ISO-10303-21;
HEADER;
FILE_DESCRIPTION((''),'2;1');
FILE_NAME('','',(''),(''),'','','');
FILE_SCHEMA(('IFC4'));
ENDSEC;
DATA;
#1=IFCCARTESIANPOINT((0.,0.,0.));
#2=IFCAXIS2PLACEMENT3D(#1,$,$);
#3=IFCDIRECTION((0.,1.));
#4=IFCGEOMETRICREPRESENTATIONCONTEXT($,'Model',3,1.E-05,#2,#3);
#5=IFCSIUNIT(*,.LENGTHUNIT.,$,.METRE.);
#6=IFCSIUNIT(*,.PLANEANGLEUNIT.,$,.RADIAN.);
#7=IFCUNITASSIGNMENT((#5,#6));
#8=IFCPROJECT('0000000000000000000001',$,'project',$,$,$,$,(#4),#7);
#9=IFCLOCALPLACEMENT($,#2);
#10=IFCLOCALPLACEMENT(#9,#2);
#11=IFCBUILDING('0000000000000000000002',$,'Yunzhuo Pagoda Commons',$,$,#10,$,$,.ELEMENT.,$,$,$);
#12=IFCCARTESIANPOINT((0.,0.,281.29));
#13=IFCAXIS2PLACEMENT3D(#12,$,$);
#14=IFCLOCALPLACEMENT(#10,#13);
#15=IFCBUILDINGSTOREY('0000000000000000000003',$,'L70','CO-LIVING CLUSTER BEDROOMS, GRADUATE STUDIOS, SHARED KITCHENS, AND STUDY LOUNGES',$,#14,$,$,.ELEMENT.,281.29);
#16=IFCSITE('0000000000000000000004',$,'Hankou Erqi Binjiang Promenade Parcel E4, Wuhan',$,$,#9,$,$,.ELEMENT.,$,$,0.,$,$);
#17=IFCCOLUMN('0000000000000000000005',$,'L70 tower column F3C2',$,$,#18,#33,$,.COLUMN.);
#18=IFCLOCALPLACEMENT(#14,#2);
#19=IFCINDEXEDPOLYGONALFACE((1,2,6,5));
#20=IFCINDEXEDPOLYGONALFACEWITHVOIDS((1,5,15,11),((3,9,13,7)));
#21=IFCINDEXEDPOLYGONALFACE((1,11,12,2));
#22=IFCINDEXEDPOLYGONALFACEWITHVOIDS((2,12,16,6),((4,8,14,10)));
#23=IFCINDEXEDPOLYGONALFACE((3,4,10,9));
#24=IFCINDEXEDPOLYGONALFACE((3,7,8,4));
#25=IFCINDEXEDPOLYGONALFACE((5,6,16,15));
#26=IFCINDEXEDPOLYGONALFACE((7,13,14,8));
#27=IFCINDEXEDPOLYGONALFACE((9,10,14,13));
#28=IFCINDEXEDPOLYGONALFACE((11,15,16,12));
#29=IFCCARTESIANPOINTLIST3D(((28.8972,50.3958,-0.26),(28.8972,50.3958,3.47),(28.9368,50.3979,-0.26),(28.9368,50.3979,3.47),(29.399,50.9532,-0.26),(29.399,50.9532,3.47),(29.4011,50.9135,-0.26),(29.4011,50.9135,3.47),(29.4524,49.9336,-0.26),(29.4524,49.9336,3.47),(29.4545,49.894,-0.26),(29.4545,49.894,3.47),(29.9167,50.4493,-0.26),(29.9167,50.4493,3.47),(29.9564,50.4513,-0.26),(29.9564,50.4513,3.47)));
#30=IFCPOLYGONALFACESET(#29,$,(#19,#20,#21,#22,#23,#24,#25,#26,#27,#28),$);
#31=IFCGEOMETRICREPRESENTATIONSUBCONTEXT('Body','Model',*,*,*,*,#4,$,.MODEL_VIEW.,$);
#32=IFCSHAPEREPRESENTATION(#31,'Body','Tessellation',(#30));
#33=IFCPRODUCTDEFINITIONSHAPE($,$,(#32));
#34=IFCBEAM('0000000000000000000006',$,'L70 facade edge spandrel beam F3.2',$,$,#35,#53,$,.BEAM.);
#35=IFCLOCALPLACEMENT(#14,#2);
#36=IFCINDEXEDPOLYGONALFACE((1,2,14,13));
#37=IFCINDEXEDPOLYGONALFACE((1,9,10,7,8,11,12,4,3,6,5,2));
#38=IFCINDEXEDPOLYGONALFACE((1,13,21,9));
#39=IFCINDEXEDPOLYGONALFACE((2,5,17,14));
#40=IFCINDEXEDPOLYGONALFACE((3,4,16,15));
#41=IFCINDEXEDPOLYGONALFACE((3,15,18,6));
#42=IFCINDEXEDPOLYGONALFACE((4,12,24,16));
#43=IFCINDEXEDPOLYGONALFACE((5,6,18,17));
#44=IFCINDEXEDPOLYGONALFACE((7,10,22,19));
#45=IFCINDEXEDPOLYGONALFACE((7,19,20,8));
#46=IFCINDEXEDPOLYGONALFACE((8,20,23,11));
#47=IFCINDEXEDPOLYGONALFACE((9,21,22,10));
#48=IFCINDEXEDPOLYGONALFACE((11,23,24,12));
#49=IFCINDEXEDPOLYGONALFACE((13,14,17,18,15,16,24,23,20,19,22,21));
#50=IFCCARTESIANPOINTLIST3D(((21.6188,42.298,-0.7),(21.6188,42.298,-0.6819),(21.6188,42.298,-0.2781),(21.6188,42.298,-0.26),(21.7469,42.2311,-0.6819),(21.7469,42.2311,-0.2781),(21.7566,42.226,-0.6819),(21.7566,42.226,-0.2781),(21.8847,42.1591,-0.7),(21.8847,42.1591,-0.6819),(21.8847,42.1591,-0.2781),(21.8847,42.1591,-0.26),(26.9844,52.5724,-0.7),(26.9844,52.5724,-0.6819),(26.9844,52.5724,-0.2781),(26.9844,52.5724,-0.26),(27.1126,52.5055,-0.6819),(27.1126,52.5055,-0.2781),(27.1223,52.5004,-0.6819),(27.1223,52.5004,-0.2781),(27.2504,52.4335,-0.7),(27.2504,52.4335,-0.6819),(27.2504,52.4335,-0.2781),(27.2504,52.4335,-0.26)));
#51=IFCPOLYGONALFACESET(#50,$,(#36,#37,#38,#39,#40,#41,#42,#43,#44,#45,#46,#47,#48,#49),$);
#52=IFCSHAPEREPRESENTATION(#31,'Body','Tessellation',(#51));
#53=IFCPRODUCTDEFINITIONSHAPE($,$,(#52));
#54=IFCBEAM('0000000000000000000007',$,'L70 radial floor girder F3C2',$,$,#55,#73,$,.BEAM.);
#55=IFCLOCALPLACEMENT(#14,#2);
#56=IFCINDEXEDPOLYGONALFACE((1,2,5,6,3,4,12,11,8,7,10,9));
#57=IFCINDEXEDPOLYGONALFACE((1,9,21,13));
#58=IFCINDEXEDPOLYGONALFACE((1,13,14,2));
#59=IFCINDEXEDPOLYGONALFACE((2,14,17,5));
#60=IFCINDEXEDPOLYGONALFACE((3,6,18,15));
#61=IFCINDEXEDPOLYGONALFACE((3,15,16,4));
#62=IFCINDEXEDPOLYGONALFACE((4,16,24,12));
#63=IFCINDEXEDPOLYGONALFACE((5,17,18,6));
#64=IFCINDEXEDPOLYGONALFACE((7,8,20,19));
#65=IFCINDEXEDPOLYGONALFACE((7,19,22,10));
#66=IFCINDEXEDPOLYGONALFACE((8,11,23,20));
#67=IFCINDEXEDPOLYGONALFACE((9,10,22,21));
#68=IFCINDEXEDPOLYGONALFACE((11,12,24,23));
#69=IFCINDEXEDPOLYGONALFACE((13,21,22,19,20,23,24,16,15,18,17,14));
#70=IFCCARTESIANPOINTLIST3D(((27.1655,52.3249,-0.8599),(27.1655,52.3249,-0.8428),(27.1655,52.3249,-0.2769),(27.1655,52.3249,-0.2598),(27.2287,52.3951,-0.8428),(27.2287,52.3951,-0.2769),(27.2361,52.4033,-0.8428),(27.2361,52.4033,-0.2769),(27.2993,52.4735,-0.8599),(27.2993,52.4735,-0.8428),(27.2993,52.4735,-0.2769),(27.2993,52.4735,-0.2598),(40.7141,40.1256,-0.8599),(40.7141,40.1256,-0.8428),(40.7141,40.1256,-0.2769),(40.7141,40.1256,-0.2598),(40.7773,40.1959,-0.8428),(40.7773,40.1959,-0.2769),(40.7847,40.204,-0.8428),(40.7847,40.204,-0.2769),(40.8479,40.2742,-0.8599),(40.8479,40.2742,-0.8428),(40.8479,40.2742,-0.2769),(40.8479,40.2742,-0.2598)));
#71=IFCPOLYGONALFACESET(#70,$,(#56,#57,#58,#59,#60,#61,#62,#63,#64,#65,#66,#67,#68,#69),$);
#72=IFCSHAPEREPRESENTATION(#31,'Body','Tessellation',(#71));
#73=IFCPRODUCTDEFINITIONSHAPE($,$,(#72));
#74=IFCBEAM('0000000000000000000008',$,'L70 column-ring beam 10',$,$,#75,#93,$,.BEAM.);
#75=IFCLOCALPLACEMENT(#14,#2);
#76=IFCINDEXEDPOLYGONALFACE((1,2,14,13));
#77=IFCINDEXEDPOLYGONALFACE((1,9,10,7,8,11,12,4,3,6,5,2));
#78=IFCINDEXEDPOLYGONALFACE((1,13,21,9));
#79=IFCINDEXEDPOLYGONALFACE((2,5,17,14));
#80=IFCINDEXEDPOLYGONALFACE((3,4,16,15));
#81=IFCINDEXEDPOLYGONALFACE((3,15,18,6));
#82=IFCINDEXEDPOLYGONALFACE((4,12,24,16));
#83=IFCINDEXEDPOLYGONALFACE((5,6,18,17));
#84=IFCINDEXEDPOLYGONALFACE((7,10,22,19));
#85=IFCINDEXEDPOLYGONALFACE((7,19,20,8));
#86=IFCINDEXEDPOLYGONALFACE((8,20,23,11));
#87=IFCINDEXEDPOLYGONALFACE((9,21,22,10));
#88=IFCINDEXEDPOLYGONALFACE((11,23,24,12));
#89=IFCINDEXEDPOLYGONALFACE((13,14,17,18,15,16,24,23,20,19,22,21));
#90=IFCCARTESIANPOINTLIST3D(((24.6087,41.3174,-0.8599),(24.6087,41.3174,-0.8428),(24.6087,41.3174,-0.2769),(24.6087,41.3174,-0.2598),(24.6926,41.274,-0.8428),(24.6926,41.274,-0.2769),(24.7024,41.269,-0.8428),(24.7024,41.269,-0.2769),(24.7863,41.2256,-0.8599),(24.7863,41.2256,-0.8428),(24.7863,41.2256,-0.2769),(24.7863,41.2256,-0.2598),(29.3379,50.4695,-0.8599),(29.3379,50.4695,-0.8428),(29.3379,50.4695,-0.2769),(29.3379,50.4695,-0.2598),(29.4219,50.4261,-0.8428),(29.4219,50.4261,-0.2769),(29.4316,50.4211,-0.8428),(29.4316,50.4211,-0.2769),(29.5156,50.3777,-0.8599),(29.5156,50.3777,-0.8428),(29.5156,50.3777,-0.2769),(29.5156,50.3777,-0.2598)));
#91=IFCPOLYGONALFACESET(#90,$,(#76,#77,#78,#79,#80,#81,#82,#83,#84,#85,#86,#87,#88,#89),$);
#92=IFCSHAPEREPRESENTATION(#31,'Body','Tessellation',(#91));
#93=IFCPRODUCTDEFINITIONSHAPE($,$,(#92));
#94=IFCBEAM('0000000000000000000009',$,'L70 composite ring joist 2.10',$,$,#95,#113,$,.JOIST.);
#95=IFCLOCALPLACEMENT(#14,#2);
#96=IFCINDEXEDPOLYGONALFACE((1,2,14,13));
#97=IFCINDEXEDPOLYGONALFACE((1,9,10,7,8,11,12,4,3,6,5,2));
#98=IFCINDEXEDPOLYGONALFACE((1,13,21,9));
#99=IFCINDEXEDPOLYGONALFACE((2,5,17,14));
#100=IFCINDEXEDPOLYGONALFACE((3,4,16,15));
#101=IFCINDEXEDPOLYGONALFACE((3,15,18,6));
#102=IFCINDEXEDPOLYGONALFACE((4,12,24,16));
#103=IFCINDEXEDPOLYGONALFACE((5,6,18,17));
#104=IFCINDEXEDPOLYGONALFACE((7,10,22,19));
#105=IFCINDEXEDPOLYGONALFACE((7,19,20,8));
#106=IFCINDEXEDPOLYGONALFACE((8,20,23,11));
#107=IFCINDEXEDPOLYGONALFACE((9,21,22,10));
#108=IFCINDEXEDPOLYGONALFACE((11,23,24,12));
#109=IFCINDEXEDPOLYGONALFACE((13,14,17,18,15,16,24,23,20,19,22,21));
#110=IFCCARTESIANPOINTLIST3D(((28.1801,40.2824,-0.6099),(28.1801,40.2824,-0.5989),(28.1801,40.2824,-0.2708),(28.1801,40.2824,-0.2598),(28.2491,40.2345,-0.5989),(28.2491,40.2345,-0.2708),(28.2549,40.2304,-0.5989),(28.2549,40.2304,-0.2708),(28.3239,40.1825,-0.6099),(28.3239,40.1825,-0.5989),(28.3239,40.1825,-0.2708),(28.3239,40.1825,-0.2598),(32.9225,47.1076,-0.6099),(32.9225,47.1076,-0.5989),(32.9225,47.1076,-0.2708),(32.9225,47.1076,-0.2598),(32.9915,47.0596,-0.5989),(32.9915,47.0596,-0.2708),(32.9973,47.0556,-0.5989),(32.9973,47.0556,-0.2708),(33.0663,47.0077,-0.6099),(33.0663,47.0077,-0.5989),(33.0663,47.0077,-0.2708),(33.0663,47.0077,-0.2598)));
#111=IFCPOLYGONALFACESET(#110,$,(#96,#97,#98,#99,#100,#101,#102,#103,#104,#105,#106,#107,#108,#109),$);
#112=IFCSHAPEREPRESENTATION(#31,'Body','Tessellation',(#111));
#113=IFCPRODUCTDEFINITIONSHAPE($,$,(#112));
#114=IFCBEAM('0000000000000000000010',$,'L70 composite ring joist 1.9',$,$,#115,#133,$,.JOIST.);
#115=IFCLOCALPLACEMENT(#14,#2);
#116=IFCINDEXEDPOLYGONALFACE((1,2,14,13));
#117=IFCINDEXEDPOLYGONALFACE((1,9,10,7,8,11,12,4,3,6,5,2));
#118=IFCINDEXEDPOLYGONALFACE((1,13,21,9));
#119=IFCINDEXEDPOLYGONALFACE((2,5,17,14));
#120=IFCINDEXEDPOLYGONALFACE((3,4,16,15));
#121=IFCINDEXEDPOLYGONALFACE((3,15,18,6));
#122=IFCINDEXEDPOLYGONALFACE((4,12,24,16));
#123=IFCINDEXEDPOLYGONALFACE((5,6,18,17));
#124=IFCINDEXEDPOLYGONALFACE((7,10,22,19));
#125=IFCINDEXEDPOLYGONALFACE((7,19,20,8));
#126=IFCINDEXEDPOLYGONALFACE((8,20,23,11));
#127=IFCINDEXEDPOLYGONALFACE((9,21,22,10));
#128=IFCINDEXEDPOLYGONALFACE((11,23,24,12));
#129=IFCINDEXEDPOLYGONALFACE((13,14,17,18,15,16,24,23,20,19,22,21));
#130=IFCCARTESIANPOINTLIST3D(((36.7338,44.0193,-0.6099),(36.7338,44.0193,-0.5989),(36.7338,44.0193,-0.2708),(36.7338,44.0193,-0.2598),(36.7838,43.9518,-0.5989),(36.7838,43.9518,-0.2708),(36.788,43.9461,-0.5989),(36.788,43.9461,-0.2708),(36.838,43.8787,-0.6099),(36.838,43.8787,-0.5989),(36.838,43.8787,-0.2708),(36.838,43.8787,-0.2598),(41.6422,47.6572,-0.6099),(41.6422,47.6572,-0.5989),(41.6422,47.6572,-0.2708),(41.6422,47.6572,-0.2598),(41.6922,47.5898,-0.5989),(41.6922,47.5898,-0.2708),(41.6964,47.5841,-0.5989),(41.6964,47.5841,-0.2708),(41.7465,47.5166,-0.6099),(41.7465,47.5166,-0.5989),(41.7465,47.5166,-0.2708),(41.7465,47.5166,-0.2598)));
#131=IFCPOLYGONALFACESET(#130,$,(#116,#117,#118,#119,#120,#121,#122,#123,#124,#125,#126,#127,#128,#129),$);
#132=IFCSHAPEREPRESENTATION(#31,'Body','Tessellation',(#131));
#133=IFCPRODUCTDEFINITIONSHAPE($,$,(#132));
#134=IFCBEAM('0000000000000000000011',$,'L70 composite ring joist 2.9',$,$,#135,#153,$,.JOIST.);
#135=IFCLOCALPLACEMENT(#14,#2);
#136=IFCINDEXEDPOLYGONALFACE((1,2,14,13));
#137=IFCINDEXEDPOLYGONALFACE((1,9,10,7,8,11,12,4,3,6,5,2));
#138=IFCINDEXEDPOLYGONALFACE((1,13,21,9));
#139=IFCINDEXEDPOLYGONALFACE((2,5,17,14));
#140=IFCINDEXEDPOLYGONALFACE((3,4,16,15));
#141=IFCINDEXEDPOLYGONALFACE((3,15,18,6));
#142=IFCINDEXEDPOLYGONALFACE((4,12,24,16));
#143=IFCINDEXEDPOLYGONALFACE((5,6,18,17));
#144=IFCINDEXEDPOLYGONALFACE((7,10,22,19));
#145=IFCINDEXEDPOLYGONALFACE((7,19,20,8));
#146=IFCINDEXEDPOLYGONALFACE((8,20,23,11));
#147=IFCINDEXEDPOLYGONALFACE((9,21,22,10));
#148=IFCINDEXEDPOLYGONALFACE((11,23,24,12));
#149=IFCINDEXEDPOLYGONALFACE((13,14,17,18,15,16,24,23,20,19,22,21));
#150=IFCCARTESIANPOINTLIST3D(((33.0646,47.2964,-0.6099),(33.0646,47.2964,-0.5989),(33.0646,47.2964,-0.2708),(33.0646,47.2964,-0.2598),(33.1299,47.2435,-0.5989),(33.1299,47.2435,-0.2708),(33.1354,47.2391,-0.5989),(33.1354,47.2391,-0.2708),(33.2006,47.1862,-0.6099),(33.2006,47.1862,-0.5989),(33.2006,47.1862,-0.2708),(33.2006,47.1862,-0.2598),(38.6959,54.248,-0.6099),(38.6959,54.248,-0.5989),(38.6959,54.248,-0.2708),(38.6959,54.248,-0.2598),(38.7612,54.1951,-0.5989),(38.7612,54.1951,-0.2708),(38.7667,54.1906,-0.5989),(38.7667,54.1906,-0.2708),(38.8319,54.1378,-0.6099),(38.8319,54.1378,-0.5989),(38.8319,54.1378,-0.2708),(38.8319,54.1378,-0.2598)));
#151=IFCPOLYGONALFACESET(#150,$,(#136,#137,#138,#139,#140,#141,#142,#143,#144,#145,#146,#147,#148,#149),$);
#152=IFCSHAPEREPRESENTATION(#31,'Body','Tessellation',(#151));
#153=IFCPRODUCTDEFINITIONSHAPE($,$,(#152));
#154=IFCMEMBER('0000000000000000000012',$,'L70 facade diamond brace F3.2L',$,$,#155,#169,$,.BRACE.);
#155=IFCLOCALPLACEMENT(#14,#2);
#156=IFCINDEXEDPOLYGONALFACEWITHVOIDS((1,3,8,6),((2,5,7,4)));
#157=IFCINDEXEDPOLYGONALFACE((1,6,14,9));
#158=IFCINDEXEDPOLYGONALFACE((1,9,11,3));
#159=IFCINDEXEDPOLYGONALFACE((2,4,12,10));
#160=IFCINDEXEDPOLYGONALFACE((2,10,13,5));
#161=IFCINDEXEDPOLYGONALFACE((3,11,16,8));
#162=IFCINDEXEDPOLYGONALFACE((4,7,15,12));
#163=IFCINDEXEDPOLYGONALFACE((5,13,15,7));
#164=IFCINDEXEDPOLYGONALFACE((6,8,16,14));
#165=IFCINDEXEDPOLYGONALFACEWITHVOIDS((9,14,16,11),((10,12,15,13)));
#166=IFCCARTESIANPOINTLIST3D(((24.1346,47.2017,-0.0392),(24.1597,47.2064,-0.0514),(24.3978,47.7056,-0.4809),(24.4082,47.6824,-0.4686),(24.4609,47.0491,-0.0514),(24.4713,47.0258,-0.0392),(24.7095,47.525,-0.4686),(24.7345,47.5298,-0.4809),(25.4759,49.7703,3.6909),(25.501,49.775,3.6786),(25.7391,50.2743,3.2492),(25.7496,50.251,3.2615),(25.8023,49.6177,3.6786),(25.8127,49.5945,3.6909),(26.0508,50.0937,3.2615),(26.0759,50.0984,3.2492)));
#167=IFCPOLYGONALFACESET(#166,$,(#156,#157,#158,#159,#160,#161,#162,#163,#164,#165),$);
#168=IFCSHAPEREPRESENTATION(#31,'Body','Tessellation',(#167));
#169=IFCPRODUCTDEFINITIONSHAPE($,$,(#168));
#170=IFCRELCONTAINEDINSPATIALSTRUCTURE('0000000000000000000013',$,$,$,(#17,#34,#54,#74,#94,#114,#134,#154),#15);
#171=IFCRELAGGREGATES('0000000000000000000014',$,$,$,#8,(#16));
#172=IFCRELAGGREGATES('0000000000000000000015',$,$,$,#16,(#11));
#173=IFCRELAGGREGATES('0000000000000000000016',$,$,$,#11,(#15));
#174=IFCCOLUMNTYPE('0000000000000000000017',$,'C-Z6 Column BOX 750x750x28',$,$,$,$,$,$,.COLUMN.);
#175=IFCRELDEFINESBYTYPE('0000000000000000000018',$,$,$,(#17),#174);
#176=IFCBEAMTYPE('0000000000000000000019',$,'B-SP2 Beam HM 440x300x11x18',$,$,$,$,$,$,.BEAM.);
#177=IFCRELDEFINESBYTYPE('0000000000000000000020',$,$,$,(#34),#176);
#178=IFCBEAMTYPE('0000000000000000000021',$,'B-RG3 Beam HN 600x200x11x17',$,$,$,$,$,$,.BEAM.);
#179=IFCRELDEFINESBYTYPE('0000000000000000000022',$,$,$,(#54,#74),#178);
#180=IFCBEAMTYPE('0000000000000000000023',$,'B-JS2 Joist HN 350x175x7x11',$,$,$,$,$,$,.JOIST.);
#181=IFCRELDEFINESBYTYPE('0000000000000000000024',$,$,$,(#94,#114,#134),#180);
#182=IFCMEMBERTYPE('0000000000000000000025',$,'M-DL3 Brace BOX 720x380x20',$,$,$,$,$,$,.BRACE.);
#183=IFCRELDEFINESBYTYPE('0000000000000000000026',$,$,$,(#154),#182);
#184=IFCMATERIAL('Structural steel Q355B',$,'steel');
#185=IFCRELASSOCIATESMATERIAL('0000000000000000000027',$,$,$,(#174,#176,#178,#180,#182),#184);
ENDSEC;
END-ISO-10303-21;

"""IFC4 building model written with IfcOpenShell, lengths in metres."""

from ifc_helpers import new_model, si_unit, direction, frame, origin, origin_2d, place, context, subcontext, project, spatial, hollow_rectangle, i_section, extrude, source, transform, mapped, material, material_profile, profile_set, type_object, element, save


model = new_model("IFC4")

# Units and contexts
model_context = context("Model", 3, precision=1e-05, world=origin(), true_north=direction((0.0, 1.0)))
body_context = subcontext(model_context, "Body", "Model", "MODEL_VIEW")
ifc_project = project(units=[si_unit("LENGTHUNIT", "METRE"), si_unit("PLANEANGLEUNIT", "RADIAN")], contexts=[model_context])

# Site, building, storey
site_placement = place(None, origin())
site = spatial("IfcSite", under=ifc_project, at=site_placement, Name="Hankou Erqi Binjiang Promenade Parcel E4, Wuhan", CompositionType="ELEMENT", RefElevation=0.0)
building_placement = place(site_placement, origin())
building = spatial("IfcBuilding", under=site, at=building_placement, Name="Yunzhuo Pagoda Commons", CompositionType="ELEMENT")
storey_placement = place(building_placement, frame((0.0, 0.0, 281.29)))
storey = spatial("IfcBuildingStorey", under=building, at=storey_placement, Name="L70", Description="CO-LIVING CLUSTER BEDROOMS, GRADUATE STUDIOS, SHARED KITCHENS, AND STUDY LOUNGES", CompositionType="ELEMENT", Elevation=281.29)

# Column
ifc_material_1 = material(Name="Structural steel Q355B", Category="steel")
ifc_material_profile_1 = material_profile(ifc_material_1, hollow_rectangle(XDim=0.75, YDim=0.75, WallThickness=0.0281, at=origin_2d()), Name="Structural steel Q355B")
ifc_profile_set_1 = profile_set([ifc_material_profile_1], Name="Structural steel Q355B")
column_type = type_object("IfcColumnType", Name="C-Z6 Column BOX 750x750x28", PredefinedType="COLUMN", material=ifc_profile_set_1)
shared_shape_1 = source(origin(), body_context, "Body", "SweptSolid", [
    extrude(hollow_rectangle(XDim=0.75, YDim=0.75, WallThickness=0.0281, at=origin_2d()), origin(), (0.0, 0.0, 1.0), 3.73),
])
column_placement = place(storey_placement, frame((29.4268, 50.4236, -0.26), z_axis=(0.0, 0.0, 1.0), x_axis=(-0.669131, -0.743145, 0.0)))
element("IfcColumn", 1, at=column_placement, inside=storey, type_object=column_type, Name="L70 tower column F3C2", PredefinedType="COLUMN", context=body_context, shape_type="MappedRepresentation", body=[
    mapped(shared_shape_1, transform((0.0, 0.0, 0.0), scale=1.0)),
])

# Beams
ifc_material_profile_2 = material_profile(ifc_material_1, i_section(OverallWidth=0.3, OverallDepth=0.4399, WebThickness=0.011, FlangeThickness=0.0181, at=origin_2d()), Name="Structural steel Q355B")
ifc_profile_set_2 = profile_set([ifc_material_profile_2], Name="Structural steel Q355B")
beam_type_1 = type_object("IfcBeamType", Name="B-SP2 Beam HM 440x300x11x18", PredefinedType="BEAM", material=ifc_profile_set_2)
shared_shape_2 = source(origin(), body_context, "Body", "SweptSolid", [
    extrude(i_section(OverallWidth=0.3, OverallDepth=0.4399, WebThickness=0.011, FlangeThickness=0.0181, at=origin_2d()), origin(), (0.0, 0.0, 1.0), 11.5911),
])
beam_1_placement = place(storey_placement, frame((27.1174, 52.5029, -0.48), z_axis=(-0.462916, -0.886402, 0.0), x_axis=(0.886402, -0.462916, 0.0)))
element("IfcBeam", 2, at=beam_1_placement, inside=storey, type_object=beam_type_1, Name="L70 facade edge spandrel beam F3.2", PredefinedType="BEAM", context=body_context, shape_type="MappedRepresentation", body=[
    mapped(shared_shape_2, transform((0.0, 0.0, 0.0), scale=1.0)),
])
ifc_material_profile_3 = material_profile(ifc_material_1, i_section(OverallWidth=0.2, OverallDepth=0.6001, WebThickness=0.011, FlangeThickness=0.0171, at=origin_2d()), Name="Structural steel Q355B")
ifc_profile_set_3 = profile_set([ifc_material_profile_3], Name="Structural steel Q355B")
beam_type_2 = type_object("IfcBeamType", Name="B-RG3 Beam HN 600x200x11x17", PredefinedType="BEAM", material=ifc_profile_set_3)
shared_shape_3 = source(origin(), body_context, "Body", "SweptSolid", [
    extrude(i_section(OverallWidth=0.2, OverallDepth=0.6001, WebThickness=0.011, FlangeThickness=0.0171, at=origin_2d()), origin(), (0.0, 0.0, 1.0), 18.2314),
])
beam_2_placement = place(storey_placement, frame((27.2324, 52.3992, -0.5598), z_axis=(0.743144, -0.669131, 0.0), x_axis=(0.669131, 0.743144, 0.0)))
element("IfcBeam", 3, at=beam_2_placement, inside=storey, type_object=beam_type_2, Name="L70 radial floor girder F3C2", PredefinedType="BEAM", context=body_context, shape_type="MappedRepresentation", body=[
    mapped(shared_shape_3, transform((0.0, 0.0, 0.0), scale=1.0)),
])
shared_shape_4 = source(origin(), body_context, "Body", "SweptSolid", [
    extrude(i_section(OverallWidth=0.2, OverallDepth=0.6001, WebThickness=0.011, FlangeThickness=0.0171, at=origin_2d()), origin(), (0.0, 0.0, 1.0), 10.3018),
])
beam_3_placement = place(storey_placement, frame((29.4268, 50.4236, -0.5598), z_axis=(-0.459071, -0.8884, 0.0), x_axis=(0.8884, -0.459071, 0.0)))
element("IfcBeam", 4, at=beam_3_placement, inside=storey, type_object=beam_type_2, Name="L70 column-ring beam 10", PredefinedType="BEAM", context=body_context, shape_type="MappedRepresentation", body=[
    mapped(shared_shape_4, transform((0.0, 0.0, 0.0), scale=1.0)),
])
ifc_material_profile_4 = material_profile(ifc_material_1, i_section(OverallWidth=0.175, OverallDepth=0.3501, WebThickness=0.0071, FlangeThickness=0.011, at=origin_2d()), Name="Structural steel Q355B")
ifc_profile_set_4 = profile_set([ifc_material_profile_4], Name="Structural steel Q355B")
beam_type_3 = type_object("IfcBeamType", Name="B-JS2 Joist HN 350x175x7x11", PredefinedType="JOIST", material=ifc_profile_set_4)
shared_shape_5 = source(origin(), body_context, "Body", "SweptSolid", [
    extrude(i_section(OverallWidth=0.175, OverallDepth=0.3501, WebThickness=0.0071, FlangeThickness=0.011, at=origin_2d()), origin(), (0.0, 0.0, 1.0), 8.311),
])
beam_4_placement = place(storey_placement, frame((32.9944, 47.0576, -0.4348), z_axis=(-0.570616, -0.821217, 0.0), x_axis=(0.821217, -0.570616, 0.0)))
element("IfcBeam", 5, at=beam_4_placement, inside=storey, type_object=beam_type_3, Name="L70 composite ring joist 2.10", PredefinedType="JOIST", context=body_context, shape_type="MappedRepresentation", body=[
    mapped(shared_shape_5, transform((0.0, 0.0, 0.0), scale=1.0)),
])
shared_shape_6 = source(origin(), body_context, "Body", "SweptSolid", [
    extrude(i_section(OverallWidth=0.175, OverallDepth=0.3501, WebThickness=0.0071, FlangeThickness=0.011, at=origin_2d()), origin(), (0.0, 0.0, 1.0), 6.1096),
])
beam_5_placement = place(storey_placement, frame((41.6943, 47.5869, -0.4348), z_axis=(-0.803396, -0.595444, 0.0), x_axis=(0.595444, -0.803396, 0.0)))
element("IfcBeam", 6, at=beam_5_placement, inside=storey, type_object=beam_type_3, Name="L70 composite ring joist 1.9", PredefinedType="JOIST", context=body_context, shape_type="MappedRepresentation", body=[
    mapped(shared_shape_6, transform((0.0, 0.0, 0.0), scale=1.0)),
])
shared_shape_7 = source(origin(), body_context, "Body", "SweptSolid", [
    extrude(i_section(OverallWidth=0.175, OverallDepth=0.3501, WebThickness=0.0071, FlangeThickness=0.011, at=origin_2d()), origin(), (0.0, 0.0, 1.0), 8.9463),
])
beam_6_placement = place(storey_placement, frame((38.7639, 54.1929, -0.4348), z_axis=(-0.629456, -0.777036, 0.0), x_axis=(0.777036, -0.629456, 0.0)))
element("IfcBeam", 7, at=beam_6_placement, inside=storey, type_object=beam_type_3, Name="L70 composite ring joist 2.9", PredefinedType="JOIST", context=body_context, shape_type="MappedRepresentation", body=[
    mapped(shared_shape_7, transform((0.0, 0.0, 0.0), scale=1.0)),
])

# Member
ifc_material_profile_5 = material_profile(ifc_material_1, hollow_rectangle(XDim=0.3799, YDim=0.72, WallThickness=0.02, at=origin_2d()), Name="Structural steel Q355B")
ifc_profile_set_5 = profile_set([ifc_material_profile_5], Name="Structural steel Q355B")
member_type_1 = type_object("IfcMemberType", Name="M-DL3 Brace BOX 720x380x20", PredefinedType="BRACE", material=ifc_profile_set_5)
shared_shape_8 = source(origin(), body_context, "Body", "SweptSolid", [
    extrude(hollow_rectangle(XDim=0.3799, YDim=0.72, WallThickness=0.02, at=origin_2d()), origin(), (0.0, 0.0, 1.0), 4.7234),
])
for number, where, z_axis, x_axis, name in (
    (8, (24.4346, 47.3657, -0.26), (0.283977, 0.543815, 0.789698), (-0.88642, 0.462883, 0.0), "L70 facade diamond brace F3.2L"),
):
    element("IfcMember", number, at=place(storey_placement, frame(where, z_axis=z_axis, x_axis=x_axis)), inside=storey, type_object=member_type_1, Name=name, PredefinedType="BRACE", context=body_context, shape_type="MappedRepresentation", body=[
        mapped(shared_shape_8, transform((0.0, 0.0, 0.0), scale=1.0)),
    ])

save(model, "model.ifc")
